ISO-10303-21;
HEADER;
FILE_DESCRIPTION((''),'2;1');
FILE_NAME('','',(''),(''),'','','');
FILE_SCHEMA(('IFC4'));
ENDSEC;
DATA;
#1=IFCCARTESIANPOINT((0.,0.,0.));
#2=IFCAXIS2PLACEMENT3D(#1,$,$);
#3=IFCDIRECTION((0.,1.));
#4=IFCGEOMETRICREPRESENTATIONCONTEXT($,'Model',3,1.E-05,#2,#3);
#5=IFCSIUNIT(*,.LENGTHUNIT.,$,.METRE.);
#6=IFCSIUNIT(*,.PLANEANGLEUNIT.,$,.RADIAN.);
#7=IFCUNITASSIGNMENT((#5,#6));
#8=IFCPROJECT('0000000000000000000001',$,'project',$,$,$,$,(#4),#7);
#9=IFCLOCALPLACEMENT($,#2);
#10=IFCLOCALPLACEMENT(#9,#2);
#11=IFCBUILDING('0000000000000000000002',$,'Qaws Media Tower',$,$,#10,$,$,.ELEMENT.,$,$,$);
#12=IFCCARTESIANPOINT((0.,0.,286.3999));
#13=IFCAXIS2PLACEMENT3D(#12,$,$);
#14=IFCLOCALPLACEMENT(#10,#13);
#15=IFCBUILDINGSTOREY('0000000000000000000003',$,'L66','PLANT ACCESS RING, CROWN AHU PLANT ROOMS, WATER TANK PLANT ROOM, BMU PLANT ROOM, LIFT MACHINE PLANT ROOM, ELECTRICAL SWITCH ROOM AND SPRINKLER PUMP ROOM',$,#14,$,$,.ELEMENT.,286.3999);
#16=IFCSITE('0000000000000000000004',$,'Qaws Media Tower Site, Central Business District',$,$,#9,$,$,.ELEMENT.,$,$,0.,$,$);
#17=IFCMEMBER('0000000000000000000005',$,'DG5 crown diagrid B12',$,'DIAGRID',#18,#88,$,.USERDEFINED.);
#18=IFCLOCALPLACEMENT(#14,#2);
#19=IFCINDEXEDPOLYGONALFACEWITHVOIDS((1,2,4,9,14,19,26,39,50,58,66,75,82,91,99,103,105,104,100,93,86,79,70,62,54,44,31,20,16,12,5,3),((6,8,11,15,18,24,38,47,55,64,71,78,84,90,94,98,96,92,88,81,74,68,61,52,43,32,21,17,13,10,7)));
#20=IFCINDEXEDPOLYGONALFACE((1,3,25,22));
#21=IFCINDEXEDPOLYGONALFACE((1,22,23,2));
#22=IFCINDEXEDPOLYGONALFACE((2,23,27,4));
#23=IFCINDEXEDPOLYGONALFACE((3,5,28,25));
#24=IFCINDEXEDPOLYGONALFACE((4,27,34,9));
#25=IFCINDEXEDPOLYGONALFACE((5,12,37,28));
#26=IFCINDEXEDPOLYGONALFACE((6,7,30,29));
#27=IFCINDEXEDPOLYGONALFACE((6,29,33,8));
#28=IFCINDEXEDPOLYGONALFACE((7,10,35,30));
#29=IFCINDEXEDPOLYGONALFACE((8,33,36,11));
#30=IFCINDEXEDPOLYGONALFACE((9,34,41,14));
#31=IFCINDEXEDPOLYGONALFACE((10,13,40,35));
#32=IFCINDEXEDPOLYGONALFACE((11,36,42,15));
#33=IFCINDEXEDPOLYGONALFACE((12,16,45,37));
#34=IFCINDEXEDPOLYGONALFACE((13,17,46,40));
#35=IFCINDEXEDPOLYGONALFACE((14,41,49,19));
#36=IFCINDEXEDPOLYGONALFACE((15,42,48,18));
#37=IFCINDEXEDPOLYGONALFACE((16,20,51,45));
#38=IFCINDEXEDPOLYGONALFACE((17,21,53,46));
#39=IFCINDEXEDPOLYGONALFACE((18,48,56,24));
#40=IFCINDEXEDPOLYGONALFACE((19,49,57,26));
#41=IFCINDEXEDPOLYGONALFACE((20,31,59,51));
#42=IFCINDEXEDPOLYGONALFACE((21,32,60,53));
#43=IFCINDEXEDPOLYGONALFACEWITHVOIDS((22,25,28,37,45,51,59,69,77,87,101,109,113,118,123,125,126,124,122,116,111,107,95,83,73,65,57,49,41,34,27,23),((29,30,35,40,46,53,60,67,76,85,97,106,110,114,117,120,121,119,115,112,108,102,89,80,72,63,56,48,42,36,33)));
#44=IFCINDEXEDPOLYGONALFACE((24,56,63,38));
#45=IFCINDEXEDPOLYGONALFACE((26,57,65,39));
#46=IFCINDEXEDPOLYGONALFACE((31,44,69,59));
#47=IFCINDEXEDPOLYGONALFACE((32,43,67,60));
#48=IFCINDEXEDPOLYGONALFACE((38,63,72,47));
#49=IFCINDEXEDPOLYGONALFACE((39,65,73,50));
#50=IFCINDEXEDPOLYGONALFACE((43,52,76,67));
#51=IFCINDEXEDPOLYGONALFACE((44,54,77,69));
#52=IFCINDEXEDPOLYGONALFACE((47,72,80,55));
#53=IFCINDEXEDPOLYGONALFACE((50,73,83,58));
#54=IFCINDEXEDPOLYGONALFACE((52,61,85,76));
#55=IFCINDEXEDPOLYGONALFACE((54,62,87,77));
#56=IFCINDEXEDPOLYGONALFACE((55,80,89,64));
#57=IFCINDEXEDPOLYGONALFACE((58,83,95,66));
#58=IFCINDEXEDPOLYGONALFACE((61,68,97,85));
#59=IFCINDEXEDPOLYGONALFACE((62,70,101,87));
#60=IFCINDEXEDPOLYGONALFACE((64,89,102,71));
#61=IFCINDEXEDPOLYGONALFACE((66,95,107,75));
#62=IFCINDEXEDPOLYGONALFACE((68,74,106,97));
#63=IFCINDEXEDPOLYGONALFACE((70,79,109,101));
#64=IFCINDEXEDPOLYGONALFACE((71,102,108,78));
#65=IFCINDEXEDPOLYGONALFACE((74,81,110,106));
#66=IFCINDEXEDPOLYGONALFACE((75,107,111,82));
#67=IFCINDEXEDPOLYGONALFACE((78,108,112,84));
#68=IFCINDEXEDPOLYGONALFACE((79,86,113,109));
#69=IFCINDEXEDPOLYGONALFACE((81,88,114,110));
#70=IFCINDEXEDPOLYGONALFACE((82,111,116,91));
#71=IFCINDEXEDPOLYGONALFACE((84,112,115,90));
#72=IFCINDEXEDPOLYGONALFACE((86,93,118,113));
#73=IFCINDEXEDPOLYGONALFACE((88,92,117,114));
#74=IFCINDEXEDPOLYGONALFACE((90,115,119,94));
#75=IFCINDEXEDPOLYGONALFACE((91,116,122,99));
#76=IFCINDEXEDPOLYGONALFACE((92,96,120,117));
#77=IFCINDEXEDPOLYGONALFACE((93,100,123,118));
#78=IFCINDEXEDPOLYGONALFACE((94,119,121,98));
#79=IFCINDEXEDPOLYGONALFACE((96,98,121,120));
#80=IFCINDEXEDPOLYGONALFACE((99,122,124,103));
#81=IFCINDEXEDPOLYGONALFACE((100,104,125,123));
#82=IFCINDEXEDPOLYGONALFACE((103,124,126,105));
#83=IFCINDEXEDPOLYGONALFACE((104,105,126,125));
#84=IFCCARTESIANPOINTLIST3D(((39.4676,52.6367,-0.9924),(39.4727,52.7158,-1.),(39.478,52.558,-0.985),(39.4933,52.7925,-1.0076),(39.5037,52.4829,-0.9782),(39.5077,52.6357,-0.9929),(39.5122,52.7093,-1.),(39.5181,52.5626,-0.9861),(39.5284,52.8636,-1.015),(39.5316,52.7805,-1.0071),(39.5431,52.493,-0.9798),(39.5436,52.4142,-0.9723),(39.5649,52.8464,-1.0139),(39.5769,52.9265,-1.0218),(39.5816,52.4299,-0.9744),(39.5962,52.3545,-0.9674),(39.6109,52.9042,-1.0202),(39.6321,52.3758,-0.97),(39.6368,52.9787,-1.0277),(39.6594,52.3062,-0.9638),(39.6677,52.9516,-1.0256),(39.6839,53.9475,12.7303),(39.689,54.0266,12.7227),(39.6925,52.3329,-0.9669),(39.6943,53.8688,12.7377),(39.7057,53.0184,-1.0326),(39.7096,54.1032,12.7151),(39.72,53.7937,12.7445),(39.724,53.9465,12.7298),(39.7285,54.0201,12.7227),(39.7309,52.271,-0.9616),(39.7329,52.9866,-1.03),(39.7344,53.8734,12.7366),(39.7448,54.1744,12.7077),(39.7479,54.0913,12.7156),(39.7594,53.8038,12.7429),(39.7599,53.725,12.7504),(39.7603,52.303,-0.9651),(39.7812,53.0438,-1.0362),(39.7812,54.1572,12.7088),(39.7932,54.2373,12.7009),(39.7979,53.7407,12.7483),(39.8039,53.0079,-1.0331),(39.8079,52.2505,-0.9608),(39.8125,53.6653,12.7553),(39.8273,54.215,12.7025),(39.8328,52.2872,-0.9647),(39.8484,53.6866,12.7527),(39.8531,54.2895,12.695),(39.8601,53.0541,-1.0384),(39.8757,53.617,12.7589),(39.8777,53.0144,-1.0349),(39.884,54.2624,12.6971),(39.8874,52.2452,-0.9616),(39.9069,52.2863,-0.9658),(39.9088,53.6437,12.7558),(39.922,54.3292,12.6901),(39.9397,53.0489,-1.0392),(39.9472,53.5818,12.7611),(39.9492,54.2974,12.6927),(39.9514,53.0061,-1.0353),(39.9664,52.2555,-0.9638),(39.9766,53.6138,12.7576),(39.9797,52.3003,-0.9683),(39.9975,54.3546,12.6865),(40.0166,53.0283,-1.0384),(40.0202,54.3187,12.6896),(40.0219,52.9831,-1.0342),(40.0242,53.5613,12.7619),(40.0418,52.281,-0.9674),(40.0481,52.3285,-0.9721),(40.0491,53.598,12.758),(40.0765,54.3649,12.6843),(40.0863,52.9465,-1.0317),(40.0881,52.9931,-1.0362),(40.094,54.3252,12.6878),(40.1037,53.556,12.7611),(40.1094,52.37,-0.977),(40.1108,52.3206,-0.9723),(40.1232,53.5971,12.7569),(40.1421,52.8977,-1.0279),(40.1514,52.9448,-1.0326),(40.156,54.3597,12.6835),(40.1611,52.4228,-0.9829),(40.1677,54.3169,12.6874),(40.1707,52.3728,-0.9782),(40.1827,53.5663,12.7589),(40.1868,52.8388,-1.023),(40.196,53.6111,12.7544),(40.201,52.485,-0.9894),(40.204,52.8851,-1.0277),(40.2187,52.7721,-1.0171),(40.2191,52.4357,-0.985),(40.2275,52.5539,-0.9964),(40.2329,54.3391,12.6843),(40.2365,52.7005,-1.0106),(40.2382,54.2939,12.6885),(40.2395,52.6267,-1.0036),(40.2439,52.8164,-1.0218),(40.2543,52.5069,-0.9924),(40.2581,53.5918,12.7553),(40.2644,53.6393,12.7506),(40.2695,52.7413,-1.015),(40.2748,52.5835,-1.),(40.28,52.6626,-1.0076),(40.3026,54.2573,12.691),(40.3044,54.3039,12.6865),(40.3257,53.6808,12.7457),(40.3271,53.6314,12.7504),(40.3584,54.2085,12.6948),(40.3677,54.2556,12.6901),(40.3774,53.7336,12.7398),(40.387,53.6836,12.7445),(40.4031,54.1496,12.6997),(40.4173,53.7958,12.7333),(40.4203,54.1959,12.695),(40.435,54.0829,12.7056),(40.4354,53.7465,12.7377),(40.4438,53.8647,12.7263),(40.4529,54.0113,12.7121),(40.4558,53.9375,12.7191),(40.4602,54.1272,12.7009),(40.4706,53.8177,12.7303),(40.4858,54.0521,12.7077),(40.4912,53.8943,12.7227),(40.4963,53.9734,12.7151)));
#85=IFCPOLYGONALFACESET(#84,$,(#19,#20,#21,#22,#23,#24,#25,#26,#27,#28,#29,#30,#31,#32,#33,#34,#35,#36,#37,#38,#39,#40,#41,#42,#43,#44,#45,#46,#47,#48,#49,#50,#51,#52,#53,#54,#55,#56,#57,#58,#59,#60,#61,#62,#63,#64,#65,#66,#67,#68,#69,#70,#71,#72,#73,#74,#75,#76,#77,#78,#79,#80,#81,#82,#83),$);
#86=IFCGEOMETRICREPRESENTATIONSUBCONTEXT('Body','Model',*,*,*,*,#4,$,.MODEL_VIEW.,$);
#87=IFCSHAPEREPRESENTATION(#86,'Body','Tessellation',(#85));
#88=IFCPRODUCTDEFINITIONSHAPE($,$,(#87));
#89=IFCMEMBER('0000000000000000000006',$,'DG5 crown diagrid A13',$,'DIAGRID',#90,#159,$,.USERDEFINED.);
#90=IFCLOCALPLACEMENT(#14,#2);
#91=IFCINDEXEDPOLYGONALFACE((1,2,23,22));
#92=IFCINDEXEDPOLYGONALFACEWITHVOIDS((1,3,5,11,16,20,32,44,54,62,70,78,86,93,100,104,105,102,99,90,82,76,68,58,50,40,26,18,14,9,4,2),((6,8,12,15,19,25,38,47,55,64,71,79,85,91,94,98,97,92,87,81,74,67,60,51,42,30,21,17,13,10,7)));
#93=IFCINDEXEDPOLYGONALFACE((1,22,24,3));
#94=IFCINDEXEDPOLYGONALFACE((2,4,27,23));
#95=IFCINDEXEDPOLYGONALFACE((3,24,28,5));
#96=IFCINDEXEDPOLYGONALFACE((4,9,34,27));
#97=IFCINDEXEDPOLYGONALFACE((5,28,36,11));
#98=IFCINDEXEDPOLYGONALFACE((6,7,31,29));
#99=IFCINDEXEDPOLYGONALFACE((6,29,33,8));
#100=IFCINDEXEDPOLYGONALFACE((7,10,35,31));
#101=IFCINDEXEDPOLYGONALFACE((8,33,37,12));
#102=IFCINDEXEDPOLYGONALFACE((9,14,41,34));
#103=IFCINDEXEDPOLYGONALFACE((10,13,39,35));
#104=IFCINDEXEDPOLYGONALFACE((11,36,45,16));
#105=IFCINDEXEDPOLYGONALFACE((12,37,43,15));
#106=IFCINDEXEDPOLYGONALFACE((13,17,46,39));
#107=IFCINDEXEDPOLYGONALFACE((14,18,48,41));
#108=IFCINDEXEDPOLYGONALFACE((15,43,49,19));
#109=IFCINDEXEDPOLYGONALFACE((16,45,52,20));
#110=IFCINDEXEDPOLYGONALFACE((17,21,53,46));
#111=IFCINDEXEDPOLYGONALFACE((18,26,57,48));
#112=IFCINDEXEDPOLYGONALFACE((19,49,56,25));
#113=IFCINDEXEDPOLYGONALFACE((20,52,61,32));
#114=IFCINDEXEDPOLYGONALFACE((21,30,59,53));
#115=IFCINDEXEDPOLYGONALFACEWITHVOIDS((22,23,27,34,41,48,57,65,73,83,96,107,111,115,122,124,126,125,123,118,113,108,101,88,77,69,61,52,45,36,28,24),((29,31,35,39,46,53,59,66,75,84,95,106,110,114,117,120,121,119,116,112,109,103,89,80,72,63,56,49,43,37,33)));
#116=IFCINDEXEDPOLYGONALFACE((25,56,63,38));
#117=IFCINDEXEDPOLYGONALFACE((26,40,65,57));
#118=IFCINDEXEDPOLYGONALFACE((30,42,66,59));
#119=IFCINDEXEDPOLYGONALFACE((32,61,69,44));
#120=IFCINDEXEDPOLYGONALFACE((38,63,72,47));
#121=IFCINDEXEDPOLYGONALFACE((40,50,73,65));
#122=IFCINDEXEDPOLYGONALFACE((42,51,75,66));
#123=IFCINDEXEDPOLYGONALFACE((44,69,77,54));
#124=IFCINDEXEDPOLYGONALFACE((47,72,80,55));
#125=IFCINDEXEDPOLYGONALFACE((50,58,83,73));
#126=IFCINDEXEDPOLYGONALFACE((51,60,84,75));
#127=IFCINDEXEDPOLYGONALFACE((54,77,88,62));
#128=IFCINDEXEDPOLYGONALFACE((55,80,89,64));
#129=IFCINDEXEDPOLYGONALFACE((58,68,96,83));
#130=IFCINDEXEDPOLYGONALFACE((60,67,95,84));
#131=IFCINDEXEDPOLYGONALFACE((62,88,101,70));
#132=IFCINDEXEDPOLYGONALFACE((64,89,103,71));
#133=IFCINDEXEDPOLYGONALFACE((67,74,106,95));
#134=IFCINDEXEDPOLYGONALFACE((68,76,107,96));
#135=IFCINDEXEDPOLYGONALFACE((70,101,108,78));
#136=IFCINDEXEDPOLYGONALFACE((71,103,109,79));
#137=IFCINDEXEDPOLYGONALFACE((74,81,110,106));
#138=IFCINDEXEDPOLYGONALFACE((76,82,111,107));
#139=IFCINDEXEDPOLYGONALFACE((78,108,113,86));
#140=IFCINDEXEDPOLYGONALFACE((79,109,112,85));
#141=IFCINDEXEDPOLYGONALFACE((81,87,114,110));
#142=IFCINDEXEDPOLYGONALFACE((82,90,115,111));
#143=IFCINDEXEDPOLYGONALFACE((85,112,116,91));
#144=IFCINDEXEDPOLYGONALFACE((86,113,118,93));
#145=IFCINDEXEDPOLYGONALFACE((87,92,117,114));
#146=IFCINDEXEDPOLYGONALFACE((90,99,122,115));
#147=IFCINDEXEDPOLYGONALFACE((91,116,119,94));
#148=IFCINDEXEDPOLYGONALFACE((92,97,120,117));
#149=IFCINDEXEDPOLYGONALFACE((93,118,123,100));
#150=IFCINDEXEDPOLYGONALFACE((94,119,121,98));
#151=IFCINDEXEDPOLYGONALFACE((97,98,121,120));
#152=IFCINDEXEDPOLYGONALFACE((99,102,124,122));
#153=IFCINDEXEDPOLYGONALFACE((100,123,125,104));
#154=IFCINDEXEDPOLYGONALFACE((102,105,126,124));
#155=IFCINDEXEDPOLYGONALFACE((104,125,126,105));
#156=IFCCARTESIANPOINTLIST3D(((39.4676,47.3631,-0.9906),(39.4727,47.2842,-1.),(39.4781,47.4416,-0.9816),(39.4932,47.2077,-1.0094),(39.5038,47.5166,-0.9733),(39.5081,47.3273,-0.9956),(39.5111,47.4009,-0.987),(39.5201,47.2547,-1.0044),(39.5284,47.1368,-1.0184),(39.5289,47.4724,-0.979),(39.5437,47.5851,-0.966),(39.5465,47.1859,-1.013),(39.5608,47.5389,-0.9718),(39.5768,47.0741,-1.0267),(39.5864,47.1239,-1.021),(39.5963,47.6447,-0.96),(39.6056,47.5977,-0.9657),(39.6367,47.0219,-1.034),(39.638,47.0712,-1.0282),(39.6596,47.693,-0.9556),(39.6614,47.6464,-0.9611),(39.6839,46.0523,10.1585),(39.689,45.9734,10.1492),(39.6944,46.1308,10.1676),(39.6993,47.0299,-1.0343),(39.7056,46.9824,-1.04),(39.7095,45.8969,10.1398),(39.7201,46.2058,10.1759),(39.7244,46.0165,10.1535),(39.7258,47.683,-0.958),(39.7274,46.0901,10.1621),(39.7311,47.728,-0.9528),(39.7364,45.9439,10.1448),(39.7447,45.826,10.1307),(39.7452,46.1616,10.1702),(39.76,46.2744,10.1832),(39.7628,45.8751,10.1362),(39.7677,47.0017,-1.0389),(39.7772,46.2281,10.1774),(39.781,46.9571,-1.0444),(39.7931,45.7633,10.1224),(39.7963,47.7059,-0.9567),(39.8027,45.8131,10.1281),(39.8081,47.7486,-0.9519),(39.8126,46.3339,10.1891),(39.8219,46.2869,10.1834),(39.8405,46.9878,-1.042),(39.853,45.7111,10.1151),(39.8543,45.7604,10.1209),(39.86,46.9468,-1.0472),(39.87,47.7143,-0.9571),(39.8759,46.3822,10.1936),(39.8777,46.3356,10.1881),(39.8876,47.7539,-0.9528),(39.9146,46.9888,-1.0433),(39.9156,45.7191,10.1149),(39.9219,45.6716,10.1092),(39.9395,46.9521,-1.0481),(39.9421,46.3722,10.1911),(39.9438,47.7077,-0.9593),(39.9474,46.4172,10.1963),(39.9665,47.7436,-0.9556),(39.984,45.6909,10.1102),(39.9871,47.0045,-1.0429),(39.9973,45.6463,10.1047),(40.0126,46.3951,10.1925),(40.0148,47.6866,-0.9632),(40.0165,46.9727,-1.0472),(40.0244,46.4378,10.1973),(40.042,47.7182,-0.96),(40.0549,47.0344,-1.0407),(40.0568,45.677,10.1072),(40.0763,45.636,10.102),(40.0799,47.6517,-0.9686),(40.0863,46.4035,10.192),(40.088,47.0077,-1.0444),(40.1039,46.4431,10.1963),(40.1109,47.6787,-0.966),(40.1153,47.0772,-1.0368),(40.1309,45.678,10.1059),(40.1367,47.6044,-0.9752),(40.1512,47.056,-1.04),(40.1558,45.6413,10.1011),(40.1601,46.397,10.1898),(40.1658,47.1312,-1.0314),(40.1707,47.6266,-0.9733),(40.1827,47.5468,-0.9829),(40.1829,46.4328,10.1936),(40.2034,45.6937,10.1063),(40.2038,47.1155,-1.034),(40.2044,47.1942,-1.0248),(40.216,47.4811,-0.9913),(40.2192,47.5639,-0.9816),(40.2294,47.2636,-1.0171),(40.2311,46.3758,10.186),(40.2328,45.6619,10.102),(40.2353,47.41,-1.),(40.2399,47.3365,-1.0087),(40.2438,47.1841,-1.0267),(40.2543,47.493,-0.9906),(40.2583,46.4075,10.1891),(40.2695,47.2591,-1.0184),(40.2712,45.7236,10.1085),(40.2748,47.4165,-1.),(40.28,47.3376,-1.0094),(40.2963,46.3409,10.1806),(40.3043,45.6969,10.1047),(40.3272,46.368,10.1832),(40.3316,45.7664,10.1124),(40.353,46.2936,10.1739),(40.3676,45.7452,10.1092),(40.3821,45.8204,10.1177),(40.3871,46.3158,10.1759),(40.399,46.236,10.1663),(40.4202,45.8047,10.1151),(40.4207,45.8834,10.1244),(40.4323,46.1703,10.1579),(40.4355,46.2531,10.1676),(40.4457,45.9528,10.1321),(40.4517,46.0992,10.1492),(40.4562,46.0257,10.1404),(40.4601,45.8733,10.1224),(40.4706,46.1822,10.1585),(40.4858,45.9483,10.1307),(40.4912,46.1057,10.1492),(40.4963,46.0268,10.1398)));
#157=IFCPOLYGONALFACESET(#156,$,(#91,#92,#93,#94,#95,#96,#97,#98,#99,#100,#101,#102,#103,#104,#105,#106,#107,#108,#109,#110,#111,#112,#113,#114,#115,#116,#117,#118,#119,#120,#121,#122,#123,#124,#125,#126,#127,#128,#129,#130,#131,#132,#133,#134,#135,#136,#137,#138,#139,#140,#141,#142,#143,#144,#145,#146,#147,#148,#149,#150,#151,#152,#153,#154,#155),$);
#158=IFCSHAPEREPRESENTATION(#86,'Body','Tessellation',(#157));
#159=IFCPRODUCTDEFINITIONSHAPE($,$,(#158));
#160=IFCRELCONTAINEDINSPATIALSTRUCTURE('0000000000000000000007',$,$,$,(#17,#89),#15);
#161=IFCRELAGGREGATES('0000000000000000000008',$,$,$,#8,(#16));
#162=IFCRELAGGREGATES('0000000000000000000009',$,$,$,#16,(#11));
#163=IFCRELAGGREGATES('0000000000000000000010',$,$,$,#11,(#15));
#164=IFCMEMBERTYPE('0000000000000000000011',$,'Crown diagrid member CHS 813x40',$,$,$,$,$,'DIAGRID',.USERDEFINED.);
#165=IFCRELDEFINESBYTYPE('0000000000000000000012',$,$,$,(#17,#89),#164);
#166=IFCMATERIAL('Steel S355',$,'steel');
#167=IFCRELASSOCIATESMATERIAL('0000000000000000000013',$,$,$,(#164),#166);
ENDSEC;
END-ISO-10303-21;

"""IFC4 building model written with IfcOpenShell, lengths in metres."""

from ifc_helpers import new_model, si_unit, direction, frame, origin, origin_2d, place, context, subcontext, project, spatial, hollow_circle, extrude, material, material_profile, profile_set, type_object, element, save


model = new_model("IFC4")

# Units and contexts
model_context = context("Model", 3, precision=1e-05, world=origin(), true_north=direction((0.0, 1.0)))
body_context = subcontext(model_context, "Body", "Model", "MODEL_VIEW")
ifc_project = project(units=[si_unit("LENGTHUNIT", "METRE"), si_unit("PLANEANGLEUNIT", "RADIAN")], contexts=[model_context])

# Site, building, storey
site_placement = place(None, origin())
site = spatial("IfcSite", under=ifc_project, at=site_placement, Name="Qaws Media Tower Site, Central Business District", CompositionType="ELEMENT", RefElevation=0.0)
building_placement = place(site_placement, origin())
building = spatial("IfcBuilding", under=site, at=building_placement, Name="Qaws Media Tower", CompositionType="ELEMENT")
storey_placement = place(building_placement, frame((0.0, 0.0, 286.3999)))
storey = spatial("IfcBuildingStorey", under=building, at=storey_placement, Name="L66", Description="PLANT ACCESS RING, CROWN AHU PLANT ROOMS, WATER TANK PLANT ROOM, BMU PLANT ROOM, LIFT MACHINE PLANT ROOM, ELECTRICAL SWITCH ROOM AND SPRINKLER PUMP ROOM", CompositionType="ELEMENT", Elevation=286.3999)

# Members
ifc_material_1 = material(Name="Steel S355", Category="steel")
ifc_material_profile_1 = material_profile(ifc_material_1, hollow_circle(Radius=0.4065, WallThickness=0.04, at=origin_2d()), Name="CHS 813x40")
ifc_profile_set_1 = profile_set([ifc_material_profile_1], Name="Steel S355")
member_type_1 = type_object("IfcMemberType", Name="Crown diagrid member CHS 813x40", ElementType="DIAGRID", PredefinedType="USERDEFINED", material=ifc_profile_set_1)
member_1_placement = place(storey_placement, frame((39.8738, 52.6497, -1.0), z_axis=(0.01569, 0.095076, 0.995346), x_axis=(-0.986656, 0.162819, 0.0)))
element("IfcMember", 1, at=member_1_placement, inside=storey, type_object=member_type_1, Name="DG5 crown diagrid B12", ObjectType="DIAGRID", PredefinedType="USERDEFINED", context=body_context, shape_type="SweptSolid", body=[
    extrude(hollow_circle(Radius=0.4065, WallThickness=0.04, at=origin_2d()), origin(), (0.0, 0.0, 1.0), 13.7869),
])
member_2_placement = place(storey_placement, frame((39.8738, 47.3503, -1.0), z_axis=(0.019265, -0.116743, 0.992975), x_axis=(0.986656, 0.162819, 0.0)))
element("IfcMember", 2, at=member_2_placement, inside=storey, type_object=member_type_1, Name="DG5 crown diagrid A13", ObjectType="DIAGRID", PredefinedType="USERDEFINED", context=body_context, shape_type="SweptSolid", body=[
    extrude(hollow_circle(Radius=0.4065, WallThickness=0.04, at=origin_2d()), origin(), (0.0, 0.0, 1.0), 11.228),
])

save(model, "model.ifc")
